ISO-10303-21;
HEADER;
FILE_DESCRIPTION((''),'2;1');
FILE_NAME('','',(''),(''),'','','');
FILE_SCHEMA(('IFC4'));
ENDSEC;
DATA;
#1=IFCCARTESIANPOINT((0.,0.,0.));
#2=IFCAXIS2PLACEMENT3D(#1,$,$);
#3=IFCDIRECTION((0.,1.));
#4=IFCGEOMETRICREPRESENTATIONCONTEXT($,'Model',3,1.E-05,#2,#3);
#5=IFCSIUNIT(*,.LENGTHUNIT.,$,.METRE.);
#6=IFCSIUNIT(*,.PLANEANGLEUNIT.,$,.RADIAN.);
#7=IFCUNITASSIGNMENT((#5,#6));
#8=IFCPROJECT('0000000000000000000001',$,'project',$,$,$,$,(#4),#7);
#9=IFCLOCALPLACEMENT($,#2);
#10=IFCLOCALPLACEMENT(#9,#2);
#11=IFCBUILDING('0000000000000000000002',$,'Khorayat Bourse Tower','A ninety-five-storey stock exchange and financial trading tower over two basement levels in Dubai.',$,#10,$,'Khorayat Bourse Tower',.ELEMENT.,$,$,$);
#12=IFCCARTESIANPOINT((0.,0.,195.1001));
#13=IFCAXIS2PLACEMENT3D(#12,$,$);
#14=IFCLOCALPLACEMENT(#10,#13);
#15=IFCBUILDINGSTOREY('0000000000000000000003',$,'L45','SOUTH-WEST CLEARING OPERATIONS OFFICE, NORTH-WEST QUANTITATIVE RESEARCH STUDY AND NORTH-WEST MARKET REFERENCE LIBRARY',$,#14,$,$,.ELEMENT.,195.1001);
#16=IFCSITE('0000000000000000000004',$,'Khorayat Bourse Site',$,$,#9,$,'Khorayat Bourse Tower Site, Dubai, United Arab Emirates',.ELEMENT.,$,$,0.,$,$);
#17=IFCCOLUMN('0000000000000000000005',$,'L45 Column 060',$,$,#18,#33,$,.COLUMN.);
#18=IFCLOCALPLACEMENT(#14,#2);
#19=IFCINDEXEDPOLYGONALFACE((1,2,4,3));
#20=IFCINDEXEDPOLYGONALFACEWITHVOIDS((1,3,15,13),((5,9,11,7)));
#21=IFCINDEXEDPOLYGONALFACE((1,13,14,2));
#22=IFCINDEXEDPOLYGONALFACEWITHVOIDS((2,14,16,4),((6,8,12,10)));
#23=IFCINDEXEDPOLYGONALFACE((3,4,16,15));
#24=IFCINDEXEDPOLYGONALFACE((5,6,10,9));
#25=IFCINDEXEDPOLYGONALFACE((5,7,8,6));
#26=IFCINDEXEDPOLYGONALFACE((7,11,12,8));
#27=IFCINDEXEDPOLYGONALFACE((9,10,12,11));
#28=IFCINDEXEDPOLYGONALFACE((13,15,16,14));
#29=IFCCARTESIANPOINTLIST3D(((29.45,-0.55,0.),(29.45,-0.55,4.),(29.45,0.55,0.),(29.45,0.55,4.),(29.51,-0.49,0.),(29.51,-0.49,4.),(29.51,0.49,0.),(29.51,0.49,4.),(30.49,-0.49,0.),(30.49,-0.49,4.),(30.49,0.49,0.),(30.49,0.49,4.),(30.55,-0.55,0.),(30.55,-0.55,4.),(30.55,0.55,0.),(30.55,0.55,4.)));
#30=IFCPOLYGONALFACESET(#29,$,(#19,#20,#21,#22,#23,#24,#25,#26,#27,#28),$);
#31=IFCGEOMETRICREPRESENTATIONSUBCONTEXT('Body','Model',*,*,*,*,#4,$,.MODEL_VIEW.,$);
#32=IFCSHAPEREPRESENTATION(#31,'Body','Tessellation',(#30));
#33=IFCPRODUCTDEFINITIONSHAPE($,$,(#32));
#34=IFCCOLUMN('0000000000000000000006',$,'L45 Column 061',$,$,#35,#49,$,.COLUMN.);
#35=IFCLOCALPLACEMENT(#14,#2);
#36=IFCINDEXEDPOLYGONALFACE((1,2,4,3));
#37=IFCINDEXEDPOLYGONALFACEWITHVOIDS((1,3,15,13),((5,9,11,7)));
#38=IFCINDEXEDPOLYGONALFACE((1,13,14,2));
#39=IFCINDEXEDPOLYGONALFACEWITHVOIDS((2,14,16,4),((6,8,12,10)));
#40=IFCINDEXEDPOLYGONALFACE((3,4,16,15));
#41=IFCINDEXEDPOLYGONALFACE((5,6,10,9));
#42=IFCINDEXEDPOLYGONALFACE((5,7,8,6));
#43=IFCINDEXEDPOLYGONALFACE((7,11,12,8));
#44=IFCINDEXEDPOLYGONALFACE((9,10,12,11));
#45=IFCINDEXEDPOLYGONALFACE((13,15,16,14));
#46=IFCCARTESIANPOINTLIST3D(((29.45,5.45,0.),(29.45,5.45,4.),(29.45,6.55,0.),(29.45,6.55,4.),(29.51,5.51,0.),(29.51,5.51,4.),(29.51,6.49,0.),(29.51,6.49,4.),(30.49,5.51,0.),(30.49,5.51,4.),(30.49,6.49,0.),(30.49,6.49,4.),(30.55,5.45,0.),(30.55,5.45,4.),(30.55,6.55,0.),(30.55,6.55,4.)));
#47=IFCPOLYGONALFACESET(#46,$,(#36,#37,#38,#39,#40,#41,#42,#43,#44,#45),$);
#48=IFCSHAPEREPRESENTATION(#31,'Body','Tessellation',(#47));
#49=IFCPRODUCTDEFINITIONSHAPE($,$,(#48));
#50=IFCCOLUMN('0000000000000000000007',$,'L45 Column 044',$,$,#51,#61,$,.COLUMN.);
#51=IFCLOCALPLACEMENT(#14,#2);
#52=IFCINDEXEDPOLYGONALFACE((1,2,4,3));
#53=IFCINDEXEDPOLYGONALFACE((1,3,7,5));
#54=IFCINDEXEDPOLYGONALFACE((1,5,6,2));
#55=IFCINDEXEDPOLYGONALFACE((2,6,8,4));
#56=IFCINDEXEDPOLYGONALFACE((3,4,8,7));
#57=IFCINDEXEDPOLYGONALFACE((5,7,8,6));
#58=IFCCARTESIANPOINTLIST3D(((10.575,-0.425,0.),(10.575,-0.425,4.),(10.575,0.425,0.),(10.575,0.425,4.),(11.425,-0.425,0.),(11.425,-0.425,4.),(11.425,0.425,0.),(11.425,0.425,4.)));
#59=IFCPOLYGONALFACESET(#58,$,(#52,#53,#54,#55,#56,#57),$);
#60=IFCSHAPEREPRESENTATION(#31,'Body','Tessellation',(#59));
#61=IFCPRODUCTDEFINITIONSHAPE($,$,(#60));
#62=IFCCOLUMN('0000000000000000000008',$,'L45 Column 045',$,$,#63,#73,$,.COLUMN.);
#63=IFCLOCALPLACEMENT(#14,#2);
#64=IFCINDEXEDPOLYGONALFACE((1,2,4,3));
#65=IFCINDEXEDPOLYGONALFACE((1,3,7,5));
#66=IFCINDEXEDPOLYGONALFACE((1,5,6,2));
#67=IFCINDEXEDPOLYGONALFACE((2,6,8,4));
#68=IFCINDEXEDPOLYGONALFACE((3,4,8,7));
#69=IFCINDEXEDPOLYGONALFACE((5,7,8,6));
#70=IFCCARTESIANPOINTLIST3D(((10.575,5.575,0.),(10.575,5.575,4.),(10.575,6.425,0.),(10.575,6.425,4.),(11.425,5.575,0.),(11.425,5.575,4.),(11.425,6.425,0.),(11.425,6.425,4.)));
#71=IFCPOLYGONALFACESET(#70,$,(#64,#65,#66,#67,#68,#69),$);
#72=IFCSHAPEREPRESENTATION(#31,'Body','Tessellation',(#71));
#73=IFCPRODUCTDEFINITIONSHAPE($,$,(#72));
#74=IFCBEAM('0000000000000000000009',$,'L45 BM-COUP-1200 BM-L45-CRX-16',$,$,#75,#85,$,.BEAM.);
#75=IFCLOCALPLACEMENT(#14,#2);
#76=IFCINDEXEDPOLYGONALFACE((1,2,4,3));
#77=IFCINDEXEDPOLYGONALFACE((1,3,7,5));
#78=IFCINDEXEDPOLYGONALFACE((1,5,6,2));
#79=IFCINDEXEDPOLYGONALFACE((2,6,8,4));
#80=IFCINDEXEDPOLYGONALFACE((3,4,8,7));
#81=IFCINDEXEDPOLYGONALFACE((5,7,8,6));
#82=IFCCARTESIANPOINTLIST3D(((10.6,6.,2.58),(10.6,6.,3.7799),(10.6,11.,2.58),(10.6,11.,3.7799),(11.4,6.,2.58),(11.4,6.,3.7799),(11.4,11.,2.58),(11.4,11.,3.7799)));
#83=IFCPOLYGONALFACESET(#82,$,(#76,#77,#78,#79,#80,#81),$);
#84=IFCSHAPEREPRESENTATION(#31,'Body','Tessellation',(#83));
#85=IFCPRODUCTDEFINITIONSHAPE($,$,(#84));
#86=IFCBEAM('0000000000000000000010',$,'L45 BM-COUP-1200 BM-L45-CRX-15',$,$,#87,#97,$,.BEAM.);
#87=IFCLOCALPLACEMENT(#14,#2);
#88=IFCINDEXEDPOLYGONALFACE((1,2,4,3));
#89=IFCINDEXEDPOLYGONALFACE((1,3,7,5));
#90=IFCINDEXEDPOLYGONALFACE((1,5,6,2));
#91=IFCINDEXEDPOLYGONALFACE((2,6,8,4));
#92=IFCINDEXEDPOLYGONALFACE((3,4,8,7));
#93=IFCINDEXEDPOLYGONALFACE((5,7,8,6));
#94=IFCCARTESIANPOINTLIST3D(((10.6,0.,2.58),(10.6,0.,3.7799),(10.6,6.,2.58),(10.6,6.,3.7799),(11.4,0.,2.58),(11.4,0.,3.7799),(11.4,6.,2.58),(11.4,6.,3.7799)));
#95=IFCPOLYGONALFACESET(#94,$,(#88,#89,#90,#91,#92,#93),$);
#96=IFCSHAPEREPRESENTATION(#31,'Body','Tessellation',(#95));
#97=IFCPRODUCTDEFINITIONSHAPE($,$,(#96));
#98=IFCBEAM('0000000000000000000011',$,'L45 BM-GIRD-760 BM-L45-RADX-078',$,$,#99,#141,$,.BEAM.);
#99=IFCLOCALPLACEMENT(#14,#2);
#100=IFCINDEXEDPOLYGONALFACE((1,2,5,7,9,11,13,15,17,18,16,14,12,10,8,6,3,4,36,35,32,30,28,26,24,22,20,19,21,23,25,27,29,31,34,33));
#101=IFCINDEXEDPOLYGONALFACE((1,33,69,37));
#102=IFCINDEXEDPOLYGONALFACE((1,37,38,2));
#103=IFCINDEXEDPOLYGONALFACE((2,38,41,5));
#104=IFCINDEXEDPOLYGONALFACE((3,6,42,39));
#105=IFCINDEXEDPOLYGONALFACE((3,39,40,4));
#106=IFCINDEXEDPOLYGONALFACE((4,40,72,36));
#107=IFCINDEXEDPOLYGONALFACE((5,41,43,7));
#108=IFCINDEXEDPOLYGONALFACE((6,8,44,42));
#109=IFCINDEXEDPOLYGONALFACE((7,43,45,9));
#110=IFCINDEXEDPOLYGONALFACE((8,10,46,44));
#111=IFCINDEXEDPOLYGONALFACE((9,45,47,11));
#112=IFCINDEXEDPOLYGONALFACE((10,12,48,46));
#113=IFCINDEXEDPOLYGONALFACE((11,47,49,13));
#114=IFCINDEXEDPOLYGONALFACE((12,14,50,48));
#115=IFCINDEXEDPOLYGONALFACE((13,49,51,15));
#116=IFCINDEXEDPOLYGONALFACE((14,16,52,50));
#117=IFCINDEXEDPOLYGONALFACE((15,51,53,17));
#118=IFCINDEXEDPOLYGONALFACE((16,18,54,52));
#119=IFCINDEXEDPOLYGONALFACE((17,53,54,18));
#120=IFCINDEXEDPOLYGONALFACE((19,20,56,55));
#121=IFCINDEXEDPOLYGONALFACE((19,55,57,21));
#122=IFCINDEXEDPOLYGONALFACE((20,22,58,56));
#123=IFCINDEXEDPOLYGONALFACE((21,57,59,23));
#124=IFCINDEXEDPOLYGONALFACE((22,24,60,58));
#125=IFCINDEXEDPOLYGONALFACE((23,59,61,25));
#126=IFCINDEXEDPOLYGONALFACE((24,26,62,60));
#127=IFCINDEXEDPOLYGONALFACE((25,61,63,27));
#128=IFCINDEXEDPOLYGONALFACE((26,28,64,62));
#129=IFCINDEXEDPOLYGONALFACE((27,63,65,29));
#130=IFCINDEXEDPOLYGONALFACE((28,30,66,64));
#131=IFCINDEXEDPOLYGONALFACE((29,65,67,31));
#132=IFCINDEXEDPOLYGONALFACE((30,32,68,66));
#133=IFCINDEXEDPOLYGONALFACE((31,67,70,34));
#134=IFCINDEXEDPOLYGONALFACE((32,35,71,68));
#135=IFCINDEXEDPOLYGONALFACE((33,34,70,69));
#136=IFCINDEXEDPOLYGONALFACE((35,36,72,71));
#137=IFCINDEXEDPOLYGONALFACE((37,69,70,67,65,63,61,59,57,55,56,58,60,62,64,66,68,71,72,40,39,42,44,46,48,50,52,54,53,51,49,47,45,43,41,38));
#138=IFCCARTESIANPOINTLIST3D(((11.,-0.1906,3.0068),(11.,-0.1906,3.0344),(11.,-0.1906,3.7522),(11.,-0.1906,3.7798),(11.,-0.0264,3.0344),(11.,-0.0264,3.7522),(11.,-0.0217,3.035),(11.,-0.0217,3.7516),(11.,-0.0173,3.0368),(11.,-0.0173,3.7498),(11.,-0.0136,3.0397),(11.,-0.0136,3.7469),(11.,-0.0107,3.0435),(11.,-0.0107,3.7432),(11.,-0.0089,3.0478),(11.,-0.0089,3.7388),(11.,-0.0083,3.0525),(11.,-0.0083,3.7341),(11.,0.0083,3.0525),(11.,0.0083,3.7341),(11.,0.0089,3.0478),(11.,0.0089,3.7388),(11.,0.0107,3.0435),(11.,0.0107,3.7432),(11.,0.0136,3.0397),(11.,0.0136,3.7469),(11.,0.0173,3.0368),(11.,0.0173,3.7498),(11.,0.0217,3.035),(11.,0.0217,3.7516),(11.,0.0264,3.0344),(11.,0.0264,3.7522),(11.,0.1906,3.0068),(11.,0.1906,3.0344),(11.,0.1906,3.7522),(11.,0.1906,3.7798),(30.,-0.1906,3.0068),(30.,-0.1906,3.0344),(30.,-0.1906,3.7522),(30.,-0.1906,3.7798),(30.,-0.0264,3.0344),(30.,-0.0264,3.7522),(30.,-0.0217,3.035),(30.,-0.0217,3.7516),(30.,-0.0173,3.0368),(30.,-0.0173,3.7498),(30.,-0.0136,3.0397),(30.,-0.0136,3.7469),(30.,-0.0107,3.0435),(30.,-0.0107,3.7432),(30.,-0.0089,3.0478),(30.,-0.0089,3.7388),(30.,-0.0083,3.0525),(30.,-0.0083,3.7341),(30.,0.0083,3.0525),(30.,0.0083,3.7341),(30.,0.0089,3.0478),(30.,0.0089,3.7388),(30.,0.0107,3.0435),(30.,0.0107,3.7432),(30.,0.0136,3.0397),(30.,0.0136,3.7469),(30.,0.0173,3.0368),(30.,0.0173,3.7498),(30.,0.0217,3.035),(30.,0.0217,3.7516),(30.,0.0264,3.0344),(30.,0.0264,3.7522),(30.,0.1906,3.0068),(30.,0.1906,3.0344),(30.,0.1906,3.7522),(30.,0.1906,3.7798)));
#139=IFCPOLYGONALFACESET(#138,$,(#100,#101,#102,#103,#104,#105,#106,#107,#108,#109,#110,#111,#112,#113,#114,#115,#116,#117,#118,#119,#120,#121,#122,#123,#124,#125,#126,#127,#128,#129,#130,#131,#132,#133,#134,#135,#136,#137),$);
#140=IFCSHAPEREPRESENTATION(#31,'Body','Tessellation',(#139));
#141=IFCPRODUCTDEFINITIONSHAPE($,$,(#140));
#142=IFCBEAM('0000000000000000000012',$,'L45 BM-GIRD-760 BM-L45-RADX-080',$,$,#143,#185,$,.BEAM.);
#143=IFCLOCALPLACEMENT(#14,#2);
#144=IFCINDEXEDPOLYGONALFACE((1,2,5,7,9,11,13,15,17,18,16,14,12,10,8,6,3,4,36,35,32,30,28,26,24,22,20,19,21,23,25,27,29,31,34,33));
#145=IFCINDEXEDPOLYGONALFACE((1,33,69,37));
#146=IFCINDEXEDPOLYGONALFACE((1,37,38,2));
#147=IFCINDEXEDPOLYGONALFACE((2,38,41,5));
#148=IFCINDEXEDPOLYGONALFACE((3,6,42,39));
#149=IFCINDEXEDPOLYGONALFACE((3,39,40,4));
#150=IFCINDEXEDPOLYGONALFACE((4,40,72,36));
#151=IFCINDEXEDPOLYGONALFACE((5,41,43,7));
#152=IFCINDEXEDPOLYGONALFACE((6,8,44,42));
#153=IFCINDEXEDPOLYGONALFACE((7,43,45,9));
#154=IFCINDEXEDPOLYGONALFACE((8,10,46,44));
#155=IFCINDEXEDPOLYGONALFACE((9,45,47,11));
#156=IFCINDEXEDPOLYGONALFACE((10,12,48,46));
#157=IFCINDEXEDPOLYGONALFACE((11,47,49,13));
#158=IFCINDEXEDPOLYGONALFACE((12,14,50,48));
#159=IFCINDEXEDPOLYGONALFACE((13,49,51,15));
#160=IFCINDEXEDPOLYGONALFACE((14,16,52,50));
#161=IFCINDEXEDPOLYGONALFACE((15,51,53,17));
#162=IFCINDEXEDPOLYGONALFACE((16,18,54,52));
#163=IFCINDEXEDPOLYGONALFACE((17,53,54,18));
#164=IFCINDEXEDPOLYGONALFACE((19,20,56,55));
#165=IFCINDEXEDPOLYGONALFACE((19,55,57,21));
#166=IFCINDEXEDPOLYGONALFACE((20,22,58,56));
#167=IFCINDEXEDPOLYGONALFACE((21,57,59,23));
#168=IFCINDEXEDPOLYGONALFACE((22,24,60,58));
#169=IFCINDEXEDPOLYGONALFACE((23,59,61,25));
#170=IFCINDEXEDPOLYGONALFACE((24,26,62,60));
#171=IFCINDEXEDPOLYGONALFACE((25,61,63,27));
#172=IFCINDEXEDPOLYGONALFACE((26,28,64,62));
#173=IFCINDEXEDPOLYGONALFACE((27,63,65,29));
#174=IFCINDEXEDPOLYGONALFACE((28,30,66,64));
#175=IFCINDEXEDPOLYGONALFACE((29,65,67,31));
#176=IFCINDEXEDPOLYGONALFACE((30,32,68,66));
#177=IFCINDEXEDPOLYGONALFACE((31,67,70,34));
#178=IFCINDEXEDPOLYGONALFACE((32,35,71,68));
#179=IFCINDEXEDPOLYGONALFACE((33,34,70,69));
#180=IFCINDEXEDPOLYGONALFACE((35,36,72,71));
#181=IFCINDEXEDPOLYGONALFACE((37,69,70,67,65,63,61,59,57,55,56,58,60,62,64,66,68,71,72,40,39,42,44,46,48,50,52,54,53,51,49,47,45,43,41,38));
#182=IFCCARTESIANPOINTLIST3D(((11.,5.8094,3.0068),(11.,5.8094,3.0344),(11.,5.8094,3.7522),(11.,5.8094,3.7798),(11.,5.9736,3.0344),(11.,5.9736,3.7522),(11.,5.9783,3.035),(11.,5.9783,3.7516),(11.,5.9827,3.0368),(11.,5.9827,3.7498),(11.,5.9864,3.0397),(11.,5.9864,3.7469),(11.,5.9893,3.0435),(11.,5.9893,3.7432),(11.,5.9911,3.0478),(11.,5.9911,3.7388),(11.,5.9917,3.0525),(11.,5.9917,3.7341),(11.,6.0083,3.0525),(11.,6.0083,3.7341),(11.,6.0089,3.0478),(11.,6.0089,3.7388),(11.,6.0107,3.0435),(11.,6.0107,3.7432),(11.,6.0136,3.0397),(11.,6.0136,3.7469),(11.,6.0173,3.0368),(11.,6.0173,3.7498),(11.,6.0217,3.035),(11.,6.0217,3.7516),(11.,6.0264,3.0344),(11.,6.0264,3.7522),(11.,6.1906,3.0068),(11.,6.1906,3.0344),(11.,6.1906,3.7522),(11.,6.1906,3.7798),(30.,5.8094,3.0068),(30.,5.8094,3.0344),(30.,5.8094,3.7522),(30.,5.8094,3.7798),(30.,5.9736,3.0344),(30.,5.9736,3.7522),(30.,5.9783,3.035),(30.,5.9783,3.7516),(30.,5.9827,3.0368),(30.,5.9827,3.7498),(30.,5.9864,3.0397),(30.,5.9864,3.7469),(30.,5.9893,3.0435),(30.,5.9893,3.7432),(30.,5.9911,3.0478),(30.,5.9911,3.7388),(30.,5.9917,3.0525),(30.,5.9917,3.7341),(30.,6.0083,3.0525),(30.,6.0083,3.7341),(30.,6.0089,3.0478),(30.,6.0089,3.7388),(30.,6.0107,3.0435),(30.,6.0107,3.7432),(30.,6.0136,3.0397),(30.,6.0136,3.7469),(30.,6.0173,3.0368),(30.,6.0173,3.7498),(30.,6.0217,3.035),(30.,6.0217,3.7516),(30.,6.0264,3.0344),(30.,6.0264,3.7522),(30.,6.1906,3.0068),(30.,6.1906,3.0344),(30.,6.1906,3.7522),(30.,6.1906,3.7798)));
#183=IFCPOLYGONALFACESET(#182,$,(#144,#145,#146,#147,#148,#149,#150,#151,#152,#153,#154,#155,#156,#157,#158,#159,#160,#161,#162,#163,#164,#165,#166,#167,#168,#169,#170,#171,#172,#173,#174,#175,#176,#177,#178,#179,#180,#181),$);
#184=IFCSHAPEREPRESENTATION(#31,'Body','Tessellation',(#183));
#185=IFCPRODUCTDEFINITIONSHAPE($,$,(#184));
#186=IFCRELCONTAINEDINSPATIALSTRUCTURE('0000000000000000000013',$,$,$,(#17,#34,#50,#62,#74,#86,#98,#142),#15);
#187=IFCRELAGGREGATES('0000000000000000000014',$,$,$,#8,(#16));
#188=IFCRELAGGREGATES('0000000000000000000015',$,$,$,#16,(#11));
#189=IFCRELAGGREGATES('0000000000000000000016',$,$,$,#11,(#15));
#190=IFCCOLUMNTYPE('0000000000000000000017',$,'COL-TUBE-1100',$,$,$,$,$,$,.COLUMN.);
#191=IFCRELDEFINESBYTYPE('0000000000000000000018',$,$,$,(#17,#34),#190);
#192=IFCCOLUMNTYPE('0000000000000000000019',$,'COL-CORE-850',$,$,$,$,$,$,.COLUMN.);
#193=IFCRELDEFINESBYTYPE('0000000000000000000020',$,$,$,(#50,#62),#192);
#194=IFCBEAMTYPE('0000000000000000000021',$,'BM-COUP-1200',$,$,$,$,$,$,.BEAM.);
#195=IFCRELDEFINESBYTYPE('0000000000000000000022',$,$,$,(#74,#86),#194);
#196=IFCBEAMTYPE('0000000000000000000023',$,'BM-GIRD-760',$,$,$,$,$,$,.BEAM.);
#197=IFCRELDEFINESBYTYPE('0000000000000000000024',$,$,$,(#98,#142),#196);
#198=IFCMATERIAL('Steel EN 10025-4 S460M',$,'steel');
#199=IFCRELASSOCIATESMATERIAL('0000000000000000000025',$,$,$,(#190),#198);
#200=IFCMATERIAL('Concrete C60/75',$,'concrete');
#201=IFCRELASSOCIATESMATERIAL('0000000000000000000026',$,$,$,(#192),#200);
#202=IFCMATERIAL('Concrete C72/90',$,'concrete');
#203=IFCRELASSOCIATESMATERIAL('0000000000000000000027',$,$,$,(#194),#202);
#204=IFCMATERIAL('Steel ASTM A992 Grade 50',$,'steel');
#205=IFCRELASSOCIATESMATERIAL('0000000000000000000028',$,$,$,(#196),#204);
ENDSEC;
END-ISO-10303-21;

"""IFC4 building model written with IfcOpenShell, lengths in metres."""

from ifc_helpers import new_model, si_unit, direction, frame, origin, origin_2d, place, context, subcontext, project, spatial, rectangle, hollow_rectangle, i_section, extrude, source, transform, mapped, material, material_profile, profile_set, type_object, element, save


model = new_model("IFC4")

# Units and contexts
model_context = context("Model", 3, precision=1e-05, world=origin(), true_north=direction((0.0, 1.0)))
body_context = subcontext(model_context, "Body", "Model", "MODEL_VIEW")
ifc_project = project(units=[si_unit("LENGTHUNIT", "METRE"), si_unit("PLANEANGLEUNIT", "RADIAN")], contexts=[model_context])

# Site, building, storey
site_placement = place(None, origin())
site = spatial("IfcSite", under=ifc_project, at=site_placement, Name="Khorayat Bourse Site", LongName="Khorayat Bourse Tower Site, Dubai, United Arab Emirates", CompositionType="ELEMENT", RefElevation=0.0)
building_placement = place(site_placement, origin())
building = spatial("IfcBuilding", under=site, at=building_placement, Name="Khorayat Bourse Tower", Description="A ninety-five-storey stock exchange and financial trading tower over two basement levels in Dubai.", LongName="Khorayat Bourse Tower", CompositionType="ELEMENT")
storey_placement = place(building_placement, frame((0.0, 0.0, 195.1001)))
storey = spatial("IfcBuildingStorey", under=building, at=storey_placement, Name="L45", Description="SOUTH-WEST CLEARING OPERATIONS OFFICE, NORTH-WEST QUANTITATIVE RESEARCH STUDY AND NORTH-WEST MARKET REFERENCE LIBRARY", CompositionType="ELEMENT", Elevation=195.1001)

# Columns
ifc_material_1 = material(Name="Steel EN 10025-4 S460M", Category="steel")
ifc_material_profile_1 = material_profile(ifc_material_1, hollow_rectangle(XDim=1.1001, YDim=1.1001, WallThickness=0.0601, at=origin_2d()), Name="BOX 1100x1100x60")
ifc_profile_set_1 = profile_set([ifc_material_profile_1], Name="Steel EN 10025-4 S460M")
column_type_1 = type_object("IfcColumnType", Name="COL-TUBE-1100", PredefinedType="COLUMN", material=ifc_profile_set_1)
shared_shape_1 = source(origin(), body_context, "Body", "SweptSolid", [
    extrude(hollow_rectangle(XDim=1.1001, YDim=1.1001, WallThickness=0.0601, at=origin_2d()), origin(), (0.0, 0.0, 1.0), 4.0),
])
for number, where, z_axis, x_axis, name in (
    (1, (30.0, 0.0, 0.0), (0.0, 0.0, 1.0), (1.0, 0.0, 0.0), "L45 Column 060"),
    (2, (30.0, 6.0, 0.0), (0.0, 0.0, 1.0), (1.0, 0.0, 0.0), "L45 Column 061"),
):
    element("IfcColumn", number, at=place(storey_placement, frame(where, z_axis=z_axis, x_axis=x_axis)), inside=storey, type_object=column_type_1, Name=name, PredefinedType="COLUMN", context=body_context, shape_type="MappedRepresentation", body=[
        mapped(shared_shape_1, transform((0.0, 0.0, 0.0), scale=1.0)),
    ])
ifc_material_2 = material(Name="Concrete C60/75", Category="concrete")
ifc_material_profile_2 = material_profile(ifc_material_2, rectangle(XDim=0.8501, YDim=0.8501, at=origin_2d()), Name="RC 850x850")
ifc_profile_set_2 = profile_set([ifc_material_profile_2], Name="Concrete C60/75")
column_type_2 = type_object("IfcColumnType", Name="COL-CORE-850", PredefinedType="COLUMN", material=ifc_profile_set_2)
shared_shape_2 = source(origin(), body_context, "Body", "SweptSolid", [
    extrude(rectangle(XDim=0.8501, YDim=0.8501, at=origin_2d()), origin(), (0.0, 0.0, 1.0), 4.0),
])
for number, where, z_axis, x_axis, name in (
    (3, (11.0, 0.0, 0.0), (0.0, 0.0, 1.0), (1.0, 0.0, 0.0), "L45 Column 044"),
    (4, (11.0, 6.0, 0.0), (0.0, 0.0, 1.0), (1.0, 0.0, 0.0), "L45 Column 045"),
):
    element("IfcColumn", number, at=place(storey_placement, frame(where, z_axis=z_axis, x_axis=x_axis)), inside=storey, type_object=column_type_2, Name=name, PredefinedType="COLUMN", context=body_context, shape_type="MappedRepresentation", body=[
        mapped(shared_shape_2, transform((0.0, 0.0, 0.0), scale=1.0)),
    ])

# Beams
ifc_material_3 = material(Name="Concrete C72/90", Category="concrete")
ifc_material_profile_3 = material_profile(ifc_material_3, rectangle(XDim=0.8, YDim=1.2, at=origin_2d()), Name="RC 800x1200")
ifc_profile_set_3 = profile_set([ifc_material_profile_3], Name="Concrete C72/90")
beam_type_1 = type_object("IfcBeamType", Name="BM-COUP-1200", PredefinedType="BEAM", material=ifc_profile_set_3)
shared_shape_3 = source(origin(), body_context, "Body", "SweptSolid", [
    extrude(rectangle(XDim=0.8, YDim=1.2, at=origin_2d()), origin(), (0.0, 0.0, 1.0), 5.0),
])
beam_1_placement = place(storey_placement, frame((11.0, 6.0, 3.1799), z_axis=(0.0, 1.0, 0.0), x_axis=(-1.0, 0.0, 0.0)))
element("IfcBeam", 5, at=beam_1_placement, inside=storey, type_object=beam_type_1, Name="L45 BM-COUP-1200 BM-L45-CRX-16", PredefinedType="BEAM", context=body_context, shape_type="MappedRepresentation", body=[
    mapped(shared_shape_3, transform((0.0, 0.0, 0.0), scale=1.0)),
])
shared_shape_4 = source(origin(), body_context, "Body", "SweptSolid", [
    extrude(rectangle(XDim=0.8, YDim=1.2, at=origin_2d()), origin(), (0.0, 0.0, 1.0), 6.0),
])
beam_2_placement = place(storey_placement, frame((11.0, 0.0, 3.1799), z_axis=(0.0, 1.0, 0.0), x_axis=(-1.0, 0.0, 0.0)))
element("IfcBeam", 6, at=beam_2_placement, inside=storey, type_object=beam_type_1, Name="L45 BM-COUP-1200 BM-L45-CRX-15", PredefinedType="BEAM", context=body_context, shape_type="MappedRepresentation", body=[
    mapped(shared_shape_4, transform((0.0, 0.0, 0.0), scale=1.0)),
])
ifc_material_4 = material(Name="Steel ASTM A992 Grade 50", Category="steel")
ifc_material_profile_4 = material_profile(ifc_material_4, i_section(OverallWidth=0.3811, OverallDepth=0.7729, WebThickness=0.0166, FlangeThickness=0.0276, FilletRadius=0.0181, at=origin_2d()), Name="W760X257")
ifc_profile_set_4 = profile_set([ifc_material_profile_4], Name="Steel ASTM A992 Grade 50")
beam_type_2 = type_object("IfcBeamType", Name="BM-GIRD-760", PredefinedType="BEAM", material=ifc_profile_set_4)
shared_shape_5 = source(origin(), body_context, "Body", "SweptSolid", [
    extrude(i_section(OverallWidth=0.3811, OverallDepth=0.7729, WebThickness=0.0166, FlangeThickness=0.0276, FilletRadius=0.0181, at=origin_2d()), origin(), (0.0, 0.0, 1.0), 19.0),
])
for number, where, z_axis, x_axis, name in (
    (7, (11.0, 0.0, 3.3933), (1.0, 0.0, 0.0), (0.0, 1.0, 0.0), "L45 BM-GIRD-760 BM-L45-RADX-078"),
    (8, (11.0, 6.0, 3.3933), (1.0, 0.0, 0.0), (0.0, 1.0, 0.0), "L45 BM-GIRD-760 BM-L45-RADX-080"),
):
    element("IfcBeam", number, at=place(storey_placement, frame(where, z_axis=z_axis, x_axis=x_axis)), inside=storey, type_object=beam_type_2, Name=name, PredefinedType="BEAM", context=body_context, shape_type="MappedRepresentation", body=[
        mapped(shared_shape_5, transform((0.0, 0.0, 0.0), scale=1.0)),
    ])

save(model, "model.ifc")
